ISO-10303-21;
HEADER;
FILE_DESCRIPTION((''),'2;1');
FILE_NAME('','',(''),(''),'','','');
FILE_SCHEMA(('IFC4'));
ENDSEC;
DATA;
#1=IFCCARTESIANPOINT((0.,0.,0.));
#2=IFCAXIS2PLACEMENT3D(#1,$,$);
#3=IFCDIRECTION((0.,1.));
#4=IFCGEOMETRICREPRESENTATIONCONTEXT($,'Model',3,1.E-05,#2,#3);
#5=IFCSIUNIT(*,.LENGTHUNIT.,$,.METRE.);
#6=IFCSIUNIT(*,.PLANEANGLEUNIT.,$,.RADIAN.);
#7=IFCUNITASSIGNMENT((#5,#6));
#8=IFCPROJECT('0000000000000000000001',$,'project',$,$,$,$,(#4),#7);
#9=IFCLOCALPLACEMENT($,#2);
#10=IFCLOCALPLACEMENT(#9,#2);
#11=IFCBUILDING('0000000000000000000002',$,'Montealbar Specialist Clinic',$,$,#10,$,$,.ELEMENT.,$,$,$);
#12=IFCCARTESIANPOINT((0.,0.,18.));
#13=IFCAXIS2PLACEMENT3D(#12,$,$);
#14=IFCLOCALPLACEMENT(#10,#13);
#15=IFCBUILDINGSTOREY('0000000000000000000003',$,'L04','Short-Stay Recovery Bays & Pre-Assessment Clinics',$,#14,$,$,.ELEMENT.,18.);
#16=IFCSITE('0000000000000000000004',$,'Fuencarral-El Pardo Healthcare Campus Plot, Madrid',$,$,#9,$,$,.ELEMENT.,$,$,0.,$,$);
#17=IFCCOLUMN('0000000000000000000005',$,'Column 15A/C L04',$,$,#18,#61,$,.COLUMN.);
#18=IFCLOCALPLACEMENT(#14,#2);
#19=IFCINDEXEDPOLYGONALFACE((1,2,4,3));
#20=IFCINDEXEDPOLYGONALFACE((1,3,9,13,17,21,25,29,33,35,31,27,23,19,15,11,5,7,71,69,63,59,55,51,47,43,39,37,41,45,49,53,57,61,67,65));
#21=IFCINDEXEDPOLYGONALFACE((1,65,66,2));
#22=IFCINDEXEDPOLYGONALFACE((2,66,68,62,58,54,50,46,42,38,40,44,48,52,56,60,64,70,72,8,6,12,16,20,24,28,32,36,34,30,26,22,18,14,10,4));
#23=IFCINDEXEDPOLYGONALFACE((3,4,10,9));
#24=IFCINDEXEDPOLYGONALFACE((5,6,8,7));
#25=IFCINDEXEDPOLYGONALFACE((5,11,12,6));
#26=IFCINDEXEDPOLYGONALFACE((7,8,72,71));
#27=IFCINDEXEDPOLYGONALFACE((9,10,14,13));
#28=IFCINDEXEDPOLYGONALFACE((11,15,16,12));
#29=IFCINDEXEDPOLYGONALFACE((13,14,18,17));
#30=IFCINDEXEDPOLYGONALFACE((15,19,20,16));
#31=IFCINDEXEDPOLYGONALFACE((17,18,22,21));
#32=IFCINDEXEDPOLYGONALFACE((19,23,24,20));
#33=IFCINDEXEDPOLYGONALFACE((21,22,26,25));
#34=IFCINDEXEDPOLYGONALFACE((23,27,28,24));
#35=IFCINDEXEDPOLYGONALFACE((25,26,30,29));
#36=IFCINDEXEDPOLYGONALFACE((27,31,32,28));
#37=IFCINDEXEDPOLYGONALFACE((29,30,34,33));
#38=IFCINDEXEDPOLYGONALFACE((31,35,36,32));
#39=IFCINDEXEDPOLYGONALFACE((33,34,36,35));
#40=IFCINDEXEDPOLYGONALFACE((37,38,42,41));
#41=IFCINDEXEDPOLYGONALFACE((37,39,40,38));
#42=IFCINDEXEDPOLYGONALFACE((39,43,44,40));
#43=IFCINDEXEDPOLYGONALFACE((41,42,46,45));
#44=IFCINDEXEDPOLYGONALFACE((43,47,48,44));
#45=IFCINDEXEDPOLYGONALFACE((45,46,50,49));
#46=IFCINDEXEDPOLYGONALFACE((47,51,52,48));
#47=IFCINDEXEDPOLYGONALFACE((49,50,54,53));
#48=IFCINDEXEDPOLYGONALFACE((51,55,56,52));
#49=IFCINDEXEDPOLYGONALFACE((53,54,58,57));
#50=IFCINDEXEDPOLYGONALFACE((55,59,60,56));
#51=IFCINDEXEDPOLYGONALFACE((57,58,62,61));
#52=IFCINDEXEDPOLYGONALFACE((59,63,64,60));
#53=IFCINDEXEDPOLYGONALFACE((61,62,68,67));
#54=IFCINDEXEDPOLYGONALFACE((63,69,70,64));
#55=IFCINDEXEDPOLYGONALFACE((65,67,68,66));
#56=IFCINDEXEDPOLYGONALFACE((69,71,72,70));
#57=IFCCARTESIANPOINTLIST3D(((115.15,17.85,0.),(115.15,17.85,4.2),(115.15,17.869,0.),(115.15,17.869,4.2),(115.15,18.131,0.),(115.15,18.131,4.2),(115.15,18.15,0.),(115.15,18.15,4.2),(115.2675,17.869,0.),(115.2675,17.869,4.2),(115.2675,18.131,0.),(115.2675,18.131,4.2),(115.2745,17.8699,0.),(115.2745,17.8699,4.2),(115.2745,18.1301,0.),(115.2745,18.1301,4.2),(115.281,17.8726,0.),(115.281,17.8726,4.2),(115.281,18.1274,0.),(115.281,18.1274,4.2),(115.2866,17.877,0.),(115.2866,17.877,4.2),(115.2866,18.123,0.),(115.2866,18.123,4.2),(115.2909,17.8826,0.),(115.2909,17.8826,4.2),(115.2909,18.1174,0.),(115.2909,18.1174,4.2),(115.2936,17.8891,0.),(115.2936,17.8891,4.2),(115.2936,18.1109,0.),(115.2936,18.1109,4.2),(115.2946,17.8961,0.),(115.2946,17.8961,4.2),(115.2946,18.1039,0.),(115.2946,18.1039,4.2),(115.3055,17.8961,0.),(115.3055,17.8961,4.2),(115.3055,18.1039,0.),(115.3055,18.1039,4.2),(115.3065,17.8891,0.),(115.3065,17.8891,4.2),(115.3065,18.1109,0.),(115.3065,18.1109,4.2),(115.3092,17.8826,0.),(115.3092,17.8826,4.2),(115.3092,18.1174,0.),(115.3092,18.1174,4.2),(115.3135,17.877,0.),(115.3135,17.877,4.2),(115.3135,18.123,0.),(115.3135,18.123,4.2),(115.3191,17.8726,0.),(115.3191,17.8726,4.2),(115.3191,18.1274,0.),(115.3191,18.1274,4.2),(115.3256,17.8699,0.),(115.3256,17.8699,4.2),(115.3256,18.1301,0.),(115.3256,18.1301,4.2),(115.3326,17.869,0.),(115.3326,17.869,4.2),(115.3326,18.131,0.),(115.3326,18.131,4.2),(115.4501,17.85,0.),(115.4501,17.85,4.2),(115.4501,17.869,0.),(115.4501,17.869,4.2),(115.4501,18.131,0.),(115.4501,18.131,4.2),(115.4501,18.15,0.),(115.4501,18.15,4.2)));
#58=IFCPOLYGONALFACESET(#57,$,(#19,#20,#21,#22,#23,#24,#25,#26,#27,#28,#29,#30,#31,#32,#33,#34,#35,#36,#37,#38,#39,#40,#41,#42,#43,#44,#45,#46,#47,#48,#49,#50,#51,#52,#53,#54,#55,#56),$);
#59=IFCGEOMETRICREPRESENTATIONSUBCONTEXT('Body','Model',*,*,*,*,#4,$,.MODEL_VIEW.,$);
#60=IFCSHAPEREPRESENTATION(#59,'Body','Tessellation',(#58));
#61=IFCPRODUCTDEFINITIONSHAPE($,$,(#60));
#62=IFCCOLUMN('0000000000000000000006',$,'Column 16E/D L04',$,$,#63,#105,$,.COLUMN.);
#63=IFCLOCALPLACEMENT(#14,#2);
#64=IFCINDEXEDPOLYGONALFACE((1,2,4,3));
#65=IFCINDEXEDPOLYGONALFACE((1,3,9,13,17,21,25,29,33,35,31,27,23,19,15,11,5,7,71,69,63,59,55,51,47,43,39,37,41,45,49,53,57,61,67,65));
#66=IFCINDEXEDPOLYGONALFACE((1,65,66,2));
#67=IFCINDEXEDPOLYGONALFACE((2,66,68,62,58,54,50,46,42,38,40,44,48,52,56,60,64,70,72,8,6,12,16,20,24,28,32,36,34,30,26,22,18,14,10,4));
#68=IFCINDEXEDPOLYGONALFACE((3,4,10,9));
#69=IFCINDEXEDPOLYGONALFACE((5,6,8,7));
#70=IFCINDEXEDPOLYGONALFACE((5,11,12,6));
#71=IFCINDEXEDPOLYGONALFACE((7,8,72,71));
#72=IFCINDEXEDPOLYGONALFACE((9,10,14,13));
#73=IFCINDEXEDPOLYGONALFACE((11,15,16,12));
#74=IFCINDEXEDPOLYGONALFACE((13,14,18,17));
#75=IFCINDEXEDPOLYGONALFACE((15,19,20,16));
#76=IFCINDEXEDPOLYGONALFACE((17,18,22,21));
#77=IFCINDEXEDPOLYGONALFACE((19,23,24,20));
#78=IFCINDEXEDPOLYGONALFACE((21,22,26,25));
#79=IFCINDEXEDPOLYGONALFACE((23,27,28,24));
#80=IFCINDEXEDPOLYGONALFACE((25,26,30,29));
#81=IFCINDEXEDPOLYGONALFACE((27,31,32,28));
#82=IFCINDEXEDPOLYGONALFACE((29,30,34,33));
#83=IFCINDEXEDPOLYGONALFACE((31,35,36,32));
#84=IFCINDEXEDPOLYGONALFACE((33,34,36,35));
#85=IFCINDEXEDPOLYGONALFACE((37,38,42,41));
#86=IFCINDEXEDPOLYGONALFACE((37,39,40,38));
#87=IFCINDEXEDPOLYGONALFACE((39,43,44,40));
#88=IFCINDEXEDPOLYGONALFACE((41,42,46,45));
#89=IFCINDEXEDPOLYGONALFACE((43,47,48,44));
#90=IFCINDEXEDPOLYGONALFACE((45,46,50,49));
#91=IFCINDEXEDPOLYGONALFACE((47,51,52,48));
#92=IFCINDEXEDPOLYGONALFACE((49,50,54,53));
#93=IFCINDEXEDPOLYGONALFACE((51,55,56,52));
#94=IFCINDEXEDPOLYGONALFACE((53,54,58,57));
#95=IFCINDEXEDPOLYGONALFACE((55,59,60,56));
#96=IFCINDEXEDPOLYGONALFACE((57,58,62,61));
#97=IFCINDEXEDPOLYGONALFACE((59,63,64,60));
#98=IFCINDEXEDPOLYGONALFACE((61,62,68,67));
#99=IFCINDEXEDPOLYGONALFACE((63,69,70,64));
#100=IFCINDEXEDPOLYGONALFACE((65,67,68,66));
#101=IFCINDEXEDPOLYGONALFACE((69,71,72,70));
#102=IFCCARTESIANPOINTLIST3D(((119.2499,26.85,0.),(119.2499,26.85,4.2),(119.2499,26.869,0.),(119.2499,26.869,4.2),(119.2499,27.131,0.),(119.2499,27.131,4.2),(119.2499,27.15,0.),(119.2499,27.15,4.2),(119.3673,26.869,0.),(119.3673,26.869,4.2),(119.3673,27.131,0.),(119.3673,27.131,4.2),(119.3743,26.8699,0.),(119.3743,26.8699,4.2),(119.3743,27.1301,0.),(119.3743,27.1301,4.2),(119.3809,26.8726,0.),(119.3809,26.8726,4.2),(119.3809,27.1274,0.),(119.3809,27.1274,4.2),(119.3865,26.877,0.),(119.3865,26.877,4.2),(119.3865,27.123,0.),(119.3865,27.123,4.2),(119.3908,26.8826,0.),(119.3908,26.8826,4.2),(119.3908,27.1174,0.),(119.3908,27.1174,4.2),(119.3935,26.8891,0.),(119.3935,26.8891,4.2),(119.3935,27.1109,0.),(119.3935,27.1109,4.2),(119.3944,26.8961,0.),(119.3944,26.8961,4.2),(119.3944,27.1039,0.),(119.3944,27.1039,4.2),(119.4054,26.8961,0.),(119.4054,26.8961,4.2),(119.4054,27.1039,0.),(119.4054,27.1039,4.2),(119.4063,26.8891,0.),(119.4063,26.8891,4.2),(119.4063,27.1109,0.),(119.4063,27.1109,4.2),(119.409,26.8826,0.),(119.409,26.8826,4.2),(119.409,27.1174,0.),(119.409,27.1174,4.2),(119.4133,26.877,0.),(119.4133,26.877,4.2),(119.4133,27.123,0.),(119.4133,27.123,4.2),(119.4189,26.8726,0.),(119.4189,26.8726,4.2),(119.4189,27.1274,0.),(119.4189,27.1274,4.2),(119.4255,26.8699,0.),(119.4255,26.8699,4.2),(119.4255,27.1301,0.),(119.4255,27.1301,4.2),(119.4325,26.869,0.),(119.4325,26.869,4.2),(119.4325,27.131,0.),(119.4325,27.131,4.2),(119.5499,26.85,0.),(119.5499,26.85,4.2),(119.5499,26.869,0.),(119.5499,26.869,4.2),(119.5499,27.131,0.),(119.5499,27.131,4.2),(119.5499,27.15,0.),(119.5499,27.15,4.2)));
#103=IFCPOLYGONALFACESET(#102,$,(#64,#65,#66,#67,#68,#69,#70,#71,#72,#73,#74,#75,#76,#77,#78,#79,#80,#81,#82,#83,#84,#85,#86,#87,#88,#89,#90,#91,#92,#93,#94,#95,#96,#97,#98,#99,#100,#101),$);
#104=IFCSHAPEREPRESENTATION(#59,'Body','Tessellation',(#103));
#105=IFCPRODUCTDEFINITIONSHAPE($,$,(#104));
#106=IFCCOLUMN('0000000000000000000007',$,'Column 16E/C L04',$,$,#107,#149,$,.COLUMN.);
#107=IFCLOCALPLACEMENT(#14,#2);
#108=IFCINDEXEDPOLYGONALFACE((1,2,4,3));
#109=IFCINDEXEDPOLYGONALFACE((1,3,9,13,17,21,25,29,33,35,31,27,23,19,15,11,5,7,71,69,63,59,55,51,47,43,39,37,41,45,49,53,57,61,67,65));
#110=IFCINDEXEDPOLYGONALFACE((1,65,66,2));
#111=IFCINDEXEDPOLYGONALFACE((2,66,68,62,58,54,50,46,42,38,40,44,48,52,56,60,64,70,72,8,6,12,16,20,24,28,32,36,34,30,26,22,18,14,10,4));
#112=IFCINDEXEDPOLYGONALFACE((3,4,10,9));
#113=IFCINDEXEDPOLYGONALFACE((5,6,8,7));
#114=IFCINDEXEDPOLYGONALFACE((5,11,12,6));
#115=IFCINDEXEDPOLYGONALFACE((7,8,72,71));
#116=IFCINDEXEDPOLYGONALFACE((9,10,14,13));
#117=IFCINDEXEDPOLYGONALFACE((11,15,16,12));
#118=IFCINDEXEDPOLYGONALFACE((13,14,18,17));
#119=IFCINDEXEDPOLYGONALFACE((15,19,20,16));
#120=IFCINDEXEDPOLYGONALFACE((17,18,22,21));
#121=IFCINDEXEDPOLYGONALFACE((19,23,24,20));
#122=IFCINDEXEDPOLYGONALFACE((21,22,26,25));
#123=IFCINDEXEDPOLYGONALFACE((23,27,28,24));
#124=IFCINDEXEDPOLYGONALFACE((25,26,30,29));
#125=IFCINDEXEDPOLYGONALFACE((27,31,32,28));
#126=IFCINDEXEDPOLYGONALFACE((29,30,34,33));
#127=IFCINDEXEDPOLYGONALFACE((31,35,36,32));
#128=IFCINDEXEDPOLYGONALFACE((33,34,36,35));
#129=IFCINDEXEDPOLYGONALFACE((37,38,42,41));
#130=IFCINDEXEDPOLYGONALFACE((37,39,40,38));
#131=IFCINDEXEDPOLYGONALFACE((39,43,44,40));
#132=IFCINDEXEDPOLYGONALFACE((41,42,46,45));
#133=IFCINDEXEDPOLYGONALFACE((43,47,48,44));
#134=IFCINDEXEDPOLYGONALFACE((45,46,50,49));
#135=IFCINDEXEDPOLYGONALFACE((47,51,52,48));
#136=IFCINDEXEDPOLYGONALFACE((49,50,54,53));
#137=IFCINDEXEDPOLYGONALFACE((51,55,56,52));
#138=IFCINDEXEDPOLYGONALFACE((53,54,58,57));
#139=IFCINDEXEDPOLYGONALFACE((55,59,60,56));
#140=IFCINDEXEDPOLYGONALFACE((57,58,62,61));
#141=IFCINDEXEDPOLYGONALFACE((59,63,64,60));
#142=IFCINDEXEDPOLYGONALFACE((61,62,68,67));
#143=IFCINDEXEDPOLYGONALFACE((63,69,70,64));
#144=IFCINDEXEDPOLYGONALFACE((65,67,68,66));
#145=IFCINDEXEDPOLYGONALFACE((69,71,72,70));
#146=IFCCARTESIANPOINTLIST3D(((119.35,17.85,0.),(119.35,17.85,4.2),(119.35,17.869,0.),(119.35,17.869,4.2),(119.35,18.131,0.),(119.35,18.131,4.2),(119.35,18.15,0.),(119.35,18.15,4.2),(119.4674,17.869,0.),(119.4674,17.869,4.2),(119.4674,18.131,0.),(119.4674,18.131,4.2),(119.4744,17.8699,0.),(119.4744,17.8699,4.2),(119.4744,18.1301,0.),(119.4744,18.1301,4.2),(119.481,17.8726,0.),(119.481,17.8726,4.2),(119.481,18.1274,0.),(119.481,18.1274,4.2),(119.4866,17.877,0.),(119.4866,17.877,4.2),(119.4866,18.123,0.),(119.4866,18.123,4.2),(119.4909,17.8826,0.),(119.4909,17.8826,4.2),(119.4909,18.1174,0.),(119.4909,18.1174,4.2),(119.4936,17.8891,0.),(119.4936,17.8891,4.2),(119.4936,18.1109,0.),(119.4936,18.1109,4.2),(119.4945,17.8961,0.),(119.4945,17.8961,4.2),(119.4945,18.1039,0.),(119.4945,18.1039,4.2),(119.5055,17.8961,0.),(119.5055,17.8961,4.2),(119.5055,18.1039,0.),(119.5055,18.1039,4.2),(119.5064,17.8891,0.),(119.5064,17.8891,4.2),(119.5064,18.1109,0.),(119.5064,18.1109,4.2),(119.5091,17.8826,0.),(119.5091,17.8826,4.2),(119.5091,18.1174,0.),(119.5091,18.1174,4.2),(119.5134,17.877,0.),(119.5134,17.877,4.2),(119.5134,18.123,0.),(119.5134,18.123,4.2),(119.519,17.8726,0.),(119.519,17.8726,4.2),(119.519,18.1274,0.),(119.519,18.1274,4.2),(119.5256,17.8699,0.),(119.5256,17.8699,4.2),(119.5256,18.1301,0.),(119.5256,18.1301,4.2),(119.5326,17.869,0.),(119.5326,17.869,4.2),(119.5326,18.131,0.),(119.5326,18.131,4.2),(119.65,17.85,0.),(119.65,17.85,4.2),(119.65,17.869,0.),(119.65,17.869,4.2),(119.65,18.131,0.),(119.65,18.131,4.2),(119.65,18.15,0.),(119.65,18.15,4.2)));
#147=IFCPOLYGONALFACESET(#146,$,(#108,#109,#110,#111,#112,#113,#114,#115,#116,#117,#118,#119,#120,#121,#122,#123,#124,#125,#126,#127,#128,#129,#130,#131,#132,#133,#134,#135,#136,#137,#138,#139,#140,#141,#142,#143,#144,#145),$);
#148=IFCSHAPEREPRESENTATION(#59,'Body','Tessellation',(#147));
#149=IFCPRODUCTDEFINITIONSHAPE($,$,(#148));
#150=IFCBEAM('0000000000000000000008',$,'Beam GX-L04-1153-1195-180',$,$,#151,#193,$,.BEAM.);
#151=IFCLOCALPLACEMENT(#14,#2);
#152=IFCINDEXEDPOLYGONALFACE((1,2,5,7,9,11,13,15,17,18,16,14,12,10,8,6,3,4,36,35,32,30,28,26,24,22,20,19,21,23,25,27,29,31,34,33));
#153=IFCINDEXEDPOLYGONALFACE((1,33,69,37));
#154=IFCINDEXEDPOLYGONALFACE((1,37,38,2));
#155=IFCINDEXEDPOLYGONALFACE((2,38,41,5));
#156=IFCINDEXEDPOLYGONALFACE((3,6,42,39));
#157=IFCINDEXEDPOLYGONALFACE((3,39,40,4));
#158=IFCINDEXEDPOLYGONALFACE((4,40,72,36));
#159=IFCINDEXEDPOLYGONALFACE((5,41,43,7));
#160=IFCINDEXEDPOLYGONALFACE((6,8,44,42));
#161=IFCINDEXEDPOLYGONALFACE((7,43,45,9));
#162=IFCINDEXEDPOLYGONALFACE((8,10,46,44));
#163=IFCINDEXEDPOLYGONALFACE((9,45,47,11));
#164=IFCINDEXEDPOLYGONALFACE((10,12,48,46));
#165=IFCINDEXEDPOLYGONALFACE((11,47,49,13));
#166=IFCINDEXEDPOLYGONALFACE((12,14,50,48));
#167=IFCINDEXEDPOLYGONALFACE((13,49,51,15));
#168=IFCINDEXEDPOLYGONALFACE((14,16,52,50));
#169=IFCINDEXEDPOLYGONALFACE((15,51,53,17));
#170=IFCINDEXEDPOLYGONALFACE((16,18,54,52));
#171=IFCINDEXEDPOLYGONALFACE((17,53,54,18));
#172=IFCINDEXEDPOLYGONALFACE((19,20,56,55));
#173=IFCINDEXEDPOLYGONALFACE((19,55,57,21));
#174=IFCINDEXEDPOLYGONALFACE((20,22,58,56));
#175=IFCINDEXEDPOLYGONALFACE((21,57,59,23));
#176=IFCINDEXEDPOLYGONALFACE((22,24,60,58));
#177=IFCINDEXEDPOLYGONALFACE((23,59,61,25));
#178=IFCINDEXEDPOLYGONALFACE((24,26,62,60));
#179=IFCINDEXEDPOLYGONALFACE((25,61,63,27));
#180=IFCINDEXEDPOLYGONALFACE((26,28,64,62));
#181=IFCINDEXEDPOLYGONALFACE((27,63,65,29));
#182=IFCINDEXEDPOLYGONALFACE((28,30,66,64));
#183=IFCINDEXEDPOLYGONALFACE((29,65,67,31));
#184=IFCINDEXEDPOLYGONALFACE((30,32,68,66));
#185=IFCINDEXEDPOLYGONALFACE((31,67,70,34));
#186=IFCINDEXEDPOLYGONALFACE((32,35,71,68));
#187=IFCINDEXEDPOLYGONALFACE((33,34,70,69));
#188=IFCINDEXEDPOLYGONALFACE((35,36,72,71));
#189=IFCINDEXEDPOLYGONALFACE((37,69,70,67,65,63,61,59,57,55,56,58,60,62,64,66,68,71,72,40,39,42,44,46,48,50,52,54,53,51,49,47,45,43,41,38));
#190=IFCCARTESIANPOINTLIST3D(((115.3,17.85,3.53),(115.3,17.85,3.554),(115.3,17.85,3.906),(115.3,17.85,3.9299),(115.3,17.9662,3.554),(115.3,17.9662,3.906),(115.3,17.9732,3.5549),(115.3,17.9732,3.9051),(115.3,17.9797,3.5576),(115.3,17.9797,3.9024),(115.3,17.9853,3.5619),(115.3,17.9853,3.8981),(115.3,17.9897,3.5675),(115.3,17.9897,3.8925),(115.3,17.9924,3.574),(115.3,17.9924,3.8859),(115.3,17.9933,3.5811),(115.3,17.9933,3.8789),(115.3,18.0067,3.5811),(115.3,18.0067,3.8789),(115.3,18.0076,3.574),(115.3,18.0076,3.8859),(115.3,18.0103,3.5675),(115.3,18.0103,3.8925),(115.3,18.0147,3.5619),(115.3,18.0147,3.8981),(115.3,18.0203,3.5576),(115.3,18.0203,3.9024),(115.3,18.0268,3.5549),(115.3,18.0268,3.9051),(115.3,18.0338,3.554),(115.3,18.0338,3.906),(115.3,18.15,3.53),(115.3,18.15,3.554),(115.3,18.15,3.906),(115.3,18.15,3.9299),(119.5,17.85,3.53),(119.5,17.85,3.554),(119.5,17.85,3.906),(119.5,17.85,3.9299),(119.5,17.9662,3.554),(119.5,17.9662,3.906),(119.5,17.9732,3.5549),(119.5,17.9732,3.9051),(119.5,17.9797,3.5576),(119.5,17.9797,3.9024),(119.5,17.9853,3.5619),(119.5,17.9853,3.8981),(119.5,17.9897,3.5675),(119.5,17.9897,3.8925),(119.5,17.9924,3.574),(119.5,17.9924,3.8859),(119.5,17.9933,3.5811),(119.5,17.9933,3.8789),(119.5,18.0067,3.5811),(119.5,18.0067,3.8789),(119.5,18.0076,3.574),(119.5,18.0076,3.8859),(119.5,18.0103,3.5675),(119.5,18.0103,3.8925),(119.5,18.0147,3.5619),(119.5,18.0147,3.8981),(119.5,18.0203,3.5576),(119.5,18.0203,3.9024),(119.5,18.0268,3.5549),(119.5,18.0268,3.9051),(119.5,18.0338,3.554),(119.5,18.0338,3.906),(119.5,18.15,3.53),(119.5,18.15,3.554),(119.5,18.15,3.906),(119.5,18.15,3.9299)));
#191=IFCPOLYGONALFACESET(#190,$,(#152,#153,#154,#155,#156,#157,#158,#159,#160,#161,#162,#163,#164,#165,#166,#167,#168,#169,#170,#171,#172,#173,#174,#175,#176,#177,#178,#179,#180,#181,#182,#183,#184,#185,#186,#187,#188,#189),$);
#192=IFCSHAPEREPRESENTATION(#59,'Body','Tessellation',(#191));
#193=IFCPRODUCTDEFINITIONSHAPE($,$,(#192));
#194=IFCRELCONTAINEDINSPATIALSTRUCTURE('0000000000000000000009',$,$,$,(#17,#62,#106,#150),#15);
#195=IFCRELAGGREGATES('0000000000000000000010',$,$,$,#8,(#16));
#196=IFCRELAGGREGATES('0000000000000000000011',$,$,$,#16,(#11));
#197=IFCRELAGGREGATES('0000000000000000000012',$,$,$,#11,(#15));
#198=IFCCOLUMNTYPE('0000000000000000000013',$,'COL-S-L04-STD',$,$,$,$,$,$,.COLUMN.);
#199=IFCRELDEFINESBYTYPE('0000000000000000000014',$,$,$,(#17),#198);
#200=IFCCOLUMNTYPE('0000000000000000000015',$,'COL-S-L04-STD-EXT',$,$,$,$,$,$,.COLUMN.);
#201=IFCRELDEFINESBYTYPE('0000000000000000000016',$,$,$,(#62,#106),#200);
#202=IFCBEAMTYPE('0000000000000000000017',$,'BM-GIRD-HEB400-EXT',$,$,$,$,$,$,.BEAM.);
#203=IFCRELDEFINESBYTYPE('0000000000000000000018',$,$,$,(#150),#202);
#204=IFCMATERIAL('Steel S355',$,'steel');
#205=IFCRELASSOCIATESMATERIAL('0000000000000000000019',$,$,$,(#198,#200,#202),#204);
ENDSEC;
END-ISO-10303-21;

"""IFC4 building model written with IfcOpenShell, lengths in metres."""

from ifc_helpers import new_model, si_unit, direction, frame, origin, origin_2d, place, context, subcontext, project, spatial, i_section, extrude, material, material_profile, profile_set, type_object, element, save


model = new_model("IFC4")

# Units and contexts
model_context = context("Model", 3, precision=1e-05, world=origin(), true_north=direction((0.0, 1.0)))
body_context = subcontext(model_context, "Body", "Model", "MODEL_VIEW")
ifc_project = project(units=[si_unit("LENGTHUNIT", "METRE"), si_unit("PLANEANGLEUNIT", "RADIAN")], contexts=[model_context])

# Site, building, storey
site_placement = place(None, origin())
site = spatial("IfcSite", under=ifc_project, at=site_placement, Name="Fuencarral-El Pardo Healthcare Campus Plot, Madrid", CompositionType="ELEMENT", RefElevation=0.0)
building_placement = place(site_placement, origin())
building = spatial("IfcBuilding", under=site, at=building_placement, Name="Montealbar Specialist Clinic", CompositionType="ELEMENT")
storey_placement = place(building_placement, frame((0.0, 0.0, 18.0)))
storey = spatial("IfcBuildingStorey", under=building, at=storey_placement, Name="L04", Description="Short-Stay Recovery Bays & Pre-Assessment Clinics", CompositionType="ELEMENT", Elevation=18.0)

# Columns
ifc_material_1 = material(Name="Steel S355", Category="steel")
ifc_material_profile_1 = material_profile(ifc_material_1, i_section(OverallWidth=0.3, OverallDepth=0.3, WebThickness=0.011, FlangeThickness=0.019, FilletRadius=0.0271, at=origin_2d()), Name="HEB 300", Category="steel")
ifc_profile_set_1 = profile_set([ifc_material_profile_1], Name="Steel S355")
column_type_1 = type_object("IfcColumnType", Name="COL-S-L04-STD", PredefinedType="COLUMN", material=ifc_profile_set_1)
column_placement = place(storey_placement, frame((115.3, 18.0, 0.0), z_axis=(0.0, 0.0, 1.0), x_axis=(1.0, 0.0, 0.0)))
element("IfcColumn", 1, at=column_placement, inside=storey, type_object=column_type_1, Name="Column 15A/C L04", PredefinedType="COLUMN", context=body_context, shape_type="SweptSolid", body=[
    extrude(i_section(OverallWidth=0.3, OverallDepth=0.3, WebThickness=0.011, FlangeThickness=0.019, FilletRadius=0.0271, at=origin_2d()), origin(), (0.0, 0.0, 1.0), 4.2),
])
ifc_material_profile_2 = material_profile(ifc_material_1, i_section(OverallWidth=0.3, OverallDepth=0.3, WebThickness=0.011, FlangeThickness=0.019, FilletRadius=0.0271, at=origin_2d()), Name="HEB 300", Category="steel")
ifc_profile_set_2 = profile_set([ifc_material_profile_2], Name="Steel S355")
column_type_2 = type_object("IfcColumnType", Name="COL-S-L04-STD-EXT", PredefinedType="COLUMN", material=ifc_profile_set_2)
for number, where, z_axis, x_axis, name in (
    (2, (119.3999, 27.0, 0.0), (0.0, 0.0, 1.0), (1.0, 0.0, 0.0), "Column 16E/D L04"),
    (3, (119.5, 18.0, 0.0), (0.0, 0.0, 1.0), (1.0, 0.0, 0.0), "Column 16E/C L04"),
):
    element("IfcColumn", number, at=place(storey_placement, frame(where, z_axis=z_axis, x_axis=x_axis)), inside=storey, type_object=column_type_2, Name=name, PredefinedType="COLUMN", context=body_context, shape_type="SweptSolid", body=[
        extrude(i_section(OverallWidth=0.3, OverallDepth=0.3, WebThickness=0.011, FlangeThickness=0.019, FilletRadius=0.0271, at=origin_2d()), origin(), (0.0, 0.0, 1.0), 4.2),
    ])

# Beam
ifc_material_profile_3 = material_profile(ifc_material_1, i_section(OverallWidth=0.3, OverallDepth=0.3999, WebThickness=0.0134, FlangeThickness=0.0239, FilletRadius=0.0271, at=origin_2d()), Name="HEB 400", Category="steel")
ifc_profile_set_3 = profile_set([ifc_material_profile_3], Name="Steel S355")
beam_type = type_object("IfcBeamType", Name="BM-GIRD-HEB400-EXT", PredefinedType="BEAM", material=ifc_profile_set_3)
for number, where, z_axis, x_axis, name in (
    (4, (115.3, 18.0, 3.73), (1.0, 0.0, 0.0), (0.0, 1.0, 0.0), "Beam GX-L04-1153-1195-180"),
):
    element("IfcBeam", number, at=place(storey_placement, frame(where, z_axis=z_axis, x_axis=x_axis)), inside=storey, type_object=beam_type, Name=name, PredefinedType="BEAM", context=body_context, shape_type="SweptSolid", body=[
        extrude(i_section(OverallWidth=0.3, OverallDepth=0.3999, WebThickness=0.0134, FlangeThickness=0.0239, FilletRadius=0.0271, at=origin_2d()), origin(), (0.0, 0.0, 1.0), 4.2),
    ])

save(model, "model.ifc")
